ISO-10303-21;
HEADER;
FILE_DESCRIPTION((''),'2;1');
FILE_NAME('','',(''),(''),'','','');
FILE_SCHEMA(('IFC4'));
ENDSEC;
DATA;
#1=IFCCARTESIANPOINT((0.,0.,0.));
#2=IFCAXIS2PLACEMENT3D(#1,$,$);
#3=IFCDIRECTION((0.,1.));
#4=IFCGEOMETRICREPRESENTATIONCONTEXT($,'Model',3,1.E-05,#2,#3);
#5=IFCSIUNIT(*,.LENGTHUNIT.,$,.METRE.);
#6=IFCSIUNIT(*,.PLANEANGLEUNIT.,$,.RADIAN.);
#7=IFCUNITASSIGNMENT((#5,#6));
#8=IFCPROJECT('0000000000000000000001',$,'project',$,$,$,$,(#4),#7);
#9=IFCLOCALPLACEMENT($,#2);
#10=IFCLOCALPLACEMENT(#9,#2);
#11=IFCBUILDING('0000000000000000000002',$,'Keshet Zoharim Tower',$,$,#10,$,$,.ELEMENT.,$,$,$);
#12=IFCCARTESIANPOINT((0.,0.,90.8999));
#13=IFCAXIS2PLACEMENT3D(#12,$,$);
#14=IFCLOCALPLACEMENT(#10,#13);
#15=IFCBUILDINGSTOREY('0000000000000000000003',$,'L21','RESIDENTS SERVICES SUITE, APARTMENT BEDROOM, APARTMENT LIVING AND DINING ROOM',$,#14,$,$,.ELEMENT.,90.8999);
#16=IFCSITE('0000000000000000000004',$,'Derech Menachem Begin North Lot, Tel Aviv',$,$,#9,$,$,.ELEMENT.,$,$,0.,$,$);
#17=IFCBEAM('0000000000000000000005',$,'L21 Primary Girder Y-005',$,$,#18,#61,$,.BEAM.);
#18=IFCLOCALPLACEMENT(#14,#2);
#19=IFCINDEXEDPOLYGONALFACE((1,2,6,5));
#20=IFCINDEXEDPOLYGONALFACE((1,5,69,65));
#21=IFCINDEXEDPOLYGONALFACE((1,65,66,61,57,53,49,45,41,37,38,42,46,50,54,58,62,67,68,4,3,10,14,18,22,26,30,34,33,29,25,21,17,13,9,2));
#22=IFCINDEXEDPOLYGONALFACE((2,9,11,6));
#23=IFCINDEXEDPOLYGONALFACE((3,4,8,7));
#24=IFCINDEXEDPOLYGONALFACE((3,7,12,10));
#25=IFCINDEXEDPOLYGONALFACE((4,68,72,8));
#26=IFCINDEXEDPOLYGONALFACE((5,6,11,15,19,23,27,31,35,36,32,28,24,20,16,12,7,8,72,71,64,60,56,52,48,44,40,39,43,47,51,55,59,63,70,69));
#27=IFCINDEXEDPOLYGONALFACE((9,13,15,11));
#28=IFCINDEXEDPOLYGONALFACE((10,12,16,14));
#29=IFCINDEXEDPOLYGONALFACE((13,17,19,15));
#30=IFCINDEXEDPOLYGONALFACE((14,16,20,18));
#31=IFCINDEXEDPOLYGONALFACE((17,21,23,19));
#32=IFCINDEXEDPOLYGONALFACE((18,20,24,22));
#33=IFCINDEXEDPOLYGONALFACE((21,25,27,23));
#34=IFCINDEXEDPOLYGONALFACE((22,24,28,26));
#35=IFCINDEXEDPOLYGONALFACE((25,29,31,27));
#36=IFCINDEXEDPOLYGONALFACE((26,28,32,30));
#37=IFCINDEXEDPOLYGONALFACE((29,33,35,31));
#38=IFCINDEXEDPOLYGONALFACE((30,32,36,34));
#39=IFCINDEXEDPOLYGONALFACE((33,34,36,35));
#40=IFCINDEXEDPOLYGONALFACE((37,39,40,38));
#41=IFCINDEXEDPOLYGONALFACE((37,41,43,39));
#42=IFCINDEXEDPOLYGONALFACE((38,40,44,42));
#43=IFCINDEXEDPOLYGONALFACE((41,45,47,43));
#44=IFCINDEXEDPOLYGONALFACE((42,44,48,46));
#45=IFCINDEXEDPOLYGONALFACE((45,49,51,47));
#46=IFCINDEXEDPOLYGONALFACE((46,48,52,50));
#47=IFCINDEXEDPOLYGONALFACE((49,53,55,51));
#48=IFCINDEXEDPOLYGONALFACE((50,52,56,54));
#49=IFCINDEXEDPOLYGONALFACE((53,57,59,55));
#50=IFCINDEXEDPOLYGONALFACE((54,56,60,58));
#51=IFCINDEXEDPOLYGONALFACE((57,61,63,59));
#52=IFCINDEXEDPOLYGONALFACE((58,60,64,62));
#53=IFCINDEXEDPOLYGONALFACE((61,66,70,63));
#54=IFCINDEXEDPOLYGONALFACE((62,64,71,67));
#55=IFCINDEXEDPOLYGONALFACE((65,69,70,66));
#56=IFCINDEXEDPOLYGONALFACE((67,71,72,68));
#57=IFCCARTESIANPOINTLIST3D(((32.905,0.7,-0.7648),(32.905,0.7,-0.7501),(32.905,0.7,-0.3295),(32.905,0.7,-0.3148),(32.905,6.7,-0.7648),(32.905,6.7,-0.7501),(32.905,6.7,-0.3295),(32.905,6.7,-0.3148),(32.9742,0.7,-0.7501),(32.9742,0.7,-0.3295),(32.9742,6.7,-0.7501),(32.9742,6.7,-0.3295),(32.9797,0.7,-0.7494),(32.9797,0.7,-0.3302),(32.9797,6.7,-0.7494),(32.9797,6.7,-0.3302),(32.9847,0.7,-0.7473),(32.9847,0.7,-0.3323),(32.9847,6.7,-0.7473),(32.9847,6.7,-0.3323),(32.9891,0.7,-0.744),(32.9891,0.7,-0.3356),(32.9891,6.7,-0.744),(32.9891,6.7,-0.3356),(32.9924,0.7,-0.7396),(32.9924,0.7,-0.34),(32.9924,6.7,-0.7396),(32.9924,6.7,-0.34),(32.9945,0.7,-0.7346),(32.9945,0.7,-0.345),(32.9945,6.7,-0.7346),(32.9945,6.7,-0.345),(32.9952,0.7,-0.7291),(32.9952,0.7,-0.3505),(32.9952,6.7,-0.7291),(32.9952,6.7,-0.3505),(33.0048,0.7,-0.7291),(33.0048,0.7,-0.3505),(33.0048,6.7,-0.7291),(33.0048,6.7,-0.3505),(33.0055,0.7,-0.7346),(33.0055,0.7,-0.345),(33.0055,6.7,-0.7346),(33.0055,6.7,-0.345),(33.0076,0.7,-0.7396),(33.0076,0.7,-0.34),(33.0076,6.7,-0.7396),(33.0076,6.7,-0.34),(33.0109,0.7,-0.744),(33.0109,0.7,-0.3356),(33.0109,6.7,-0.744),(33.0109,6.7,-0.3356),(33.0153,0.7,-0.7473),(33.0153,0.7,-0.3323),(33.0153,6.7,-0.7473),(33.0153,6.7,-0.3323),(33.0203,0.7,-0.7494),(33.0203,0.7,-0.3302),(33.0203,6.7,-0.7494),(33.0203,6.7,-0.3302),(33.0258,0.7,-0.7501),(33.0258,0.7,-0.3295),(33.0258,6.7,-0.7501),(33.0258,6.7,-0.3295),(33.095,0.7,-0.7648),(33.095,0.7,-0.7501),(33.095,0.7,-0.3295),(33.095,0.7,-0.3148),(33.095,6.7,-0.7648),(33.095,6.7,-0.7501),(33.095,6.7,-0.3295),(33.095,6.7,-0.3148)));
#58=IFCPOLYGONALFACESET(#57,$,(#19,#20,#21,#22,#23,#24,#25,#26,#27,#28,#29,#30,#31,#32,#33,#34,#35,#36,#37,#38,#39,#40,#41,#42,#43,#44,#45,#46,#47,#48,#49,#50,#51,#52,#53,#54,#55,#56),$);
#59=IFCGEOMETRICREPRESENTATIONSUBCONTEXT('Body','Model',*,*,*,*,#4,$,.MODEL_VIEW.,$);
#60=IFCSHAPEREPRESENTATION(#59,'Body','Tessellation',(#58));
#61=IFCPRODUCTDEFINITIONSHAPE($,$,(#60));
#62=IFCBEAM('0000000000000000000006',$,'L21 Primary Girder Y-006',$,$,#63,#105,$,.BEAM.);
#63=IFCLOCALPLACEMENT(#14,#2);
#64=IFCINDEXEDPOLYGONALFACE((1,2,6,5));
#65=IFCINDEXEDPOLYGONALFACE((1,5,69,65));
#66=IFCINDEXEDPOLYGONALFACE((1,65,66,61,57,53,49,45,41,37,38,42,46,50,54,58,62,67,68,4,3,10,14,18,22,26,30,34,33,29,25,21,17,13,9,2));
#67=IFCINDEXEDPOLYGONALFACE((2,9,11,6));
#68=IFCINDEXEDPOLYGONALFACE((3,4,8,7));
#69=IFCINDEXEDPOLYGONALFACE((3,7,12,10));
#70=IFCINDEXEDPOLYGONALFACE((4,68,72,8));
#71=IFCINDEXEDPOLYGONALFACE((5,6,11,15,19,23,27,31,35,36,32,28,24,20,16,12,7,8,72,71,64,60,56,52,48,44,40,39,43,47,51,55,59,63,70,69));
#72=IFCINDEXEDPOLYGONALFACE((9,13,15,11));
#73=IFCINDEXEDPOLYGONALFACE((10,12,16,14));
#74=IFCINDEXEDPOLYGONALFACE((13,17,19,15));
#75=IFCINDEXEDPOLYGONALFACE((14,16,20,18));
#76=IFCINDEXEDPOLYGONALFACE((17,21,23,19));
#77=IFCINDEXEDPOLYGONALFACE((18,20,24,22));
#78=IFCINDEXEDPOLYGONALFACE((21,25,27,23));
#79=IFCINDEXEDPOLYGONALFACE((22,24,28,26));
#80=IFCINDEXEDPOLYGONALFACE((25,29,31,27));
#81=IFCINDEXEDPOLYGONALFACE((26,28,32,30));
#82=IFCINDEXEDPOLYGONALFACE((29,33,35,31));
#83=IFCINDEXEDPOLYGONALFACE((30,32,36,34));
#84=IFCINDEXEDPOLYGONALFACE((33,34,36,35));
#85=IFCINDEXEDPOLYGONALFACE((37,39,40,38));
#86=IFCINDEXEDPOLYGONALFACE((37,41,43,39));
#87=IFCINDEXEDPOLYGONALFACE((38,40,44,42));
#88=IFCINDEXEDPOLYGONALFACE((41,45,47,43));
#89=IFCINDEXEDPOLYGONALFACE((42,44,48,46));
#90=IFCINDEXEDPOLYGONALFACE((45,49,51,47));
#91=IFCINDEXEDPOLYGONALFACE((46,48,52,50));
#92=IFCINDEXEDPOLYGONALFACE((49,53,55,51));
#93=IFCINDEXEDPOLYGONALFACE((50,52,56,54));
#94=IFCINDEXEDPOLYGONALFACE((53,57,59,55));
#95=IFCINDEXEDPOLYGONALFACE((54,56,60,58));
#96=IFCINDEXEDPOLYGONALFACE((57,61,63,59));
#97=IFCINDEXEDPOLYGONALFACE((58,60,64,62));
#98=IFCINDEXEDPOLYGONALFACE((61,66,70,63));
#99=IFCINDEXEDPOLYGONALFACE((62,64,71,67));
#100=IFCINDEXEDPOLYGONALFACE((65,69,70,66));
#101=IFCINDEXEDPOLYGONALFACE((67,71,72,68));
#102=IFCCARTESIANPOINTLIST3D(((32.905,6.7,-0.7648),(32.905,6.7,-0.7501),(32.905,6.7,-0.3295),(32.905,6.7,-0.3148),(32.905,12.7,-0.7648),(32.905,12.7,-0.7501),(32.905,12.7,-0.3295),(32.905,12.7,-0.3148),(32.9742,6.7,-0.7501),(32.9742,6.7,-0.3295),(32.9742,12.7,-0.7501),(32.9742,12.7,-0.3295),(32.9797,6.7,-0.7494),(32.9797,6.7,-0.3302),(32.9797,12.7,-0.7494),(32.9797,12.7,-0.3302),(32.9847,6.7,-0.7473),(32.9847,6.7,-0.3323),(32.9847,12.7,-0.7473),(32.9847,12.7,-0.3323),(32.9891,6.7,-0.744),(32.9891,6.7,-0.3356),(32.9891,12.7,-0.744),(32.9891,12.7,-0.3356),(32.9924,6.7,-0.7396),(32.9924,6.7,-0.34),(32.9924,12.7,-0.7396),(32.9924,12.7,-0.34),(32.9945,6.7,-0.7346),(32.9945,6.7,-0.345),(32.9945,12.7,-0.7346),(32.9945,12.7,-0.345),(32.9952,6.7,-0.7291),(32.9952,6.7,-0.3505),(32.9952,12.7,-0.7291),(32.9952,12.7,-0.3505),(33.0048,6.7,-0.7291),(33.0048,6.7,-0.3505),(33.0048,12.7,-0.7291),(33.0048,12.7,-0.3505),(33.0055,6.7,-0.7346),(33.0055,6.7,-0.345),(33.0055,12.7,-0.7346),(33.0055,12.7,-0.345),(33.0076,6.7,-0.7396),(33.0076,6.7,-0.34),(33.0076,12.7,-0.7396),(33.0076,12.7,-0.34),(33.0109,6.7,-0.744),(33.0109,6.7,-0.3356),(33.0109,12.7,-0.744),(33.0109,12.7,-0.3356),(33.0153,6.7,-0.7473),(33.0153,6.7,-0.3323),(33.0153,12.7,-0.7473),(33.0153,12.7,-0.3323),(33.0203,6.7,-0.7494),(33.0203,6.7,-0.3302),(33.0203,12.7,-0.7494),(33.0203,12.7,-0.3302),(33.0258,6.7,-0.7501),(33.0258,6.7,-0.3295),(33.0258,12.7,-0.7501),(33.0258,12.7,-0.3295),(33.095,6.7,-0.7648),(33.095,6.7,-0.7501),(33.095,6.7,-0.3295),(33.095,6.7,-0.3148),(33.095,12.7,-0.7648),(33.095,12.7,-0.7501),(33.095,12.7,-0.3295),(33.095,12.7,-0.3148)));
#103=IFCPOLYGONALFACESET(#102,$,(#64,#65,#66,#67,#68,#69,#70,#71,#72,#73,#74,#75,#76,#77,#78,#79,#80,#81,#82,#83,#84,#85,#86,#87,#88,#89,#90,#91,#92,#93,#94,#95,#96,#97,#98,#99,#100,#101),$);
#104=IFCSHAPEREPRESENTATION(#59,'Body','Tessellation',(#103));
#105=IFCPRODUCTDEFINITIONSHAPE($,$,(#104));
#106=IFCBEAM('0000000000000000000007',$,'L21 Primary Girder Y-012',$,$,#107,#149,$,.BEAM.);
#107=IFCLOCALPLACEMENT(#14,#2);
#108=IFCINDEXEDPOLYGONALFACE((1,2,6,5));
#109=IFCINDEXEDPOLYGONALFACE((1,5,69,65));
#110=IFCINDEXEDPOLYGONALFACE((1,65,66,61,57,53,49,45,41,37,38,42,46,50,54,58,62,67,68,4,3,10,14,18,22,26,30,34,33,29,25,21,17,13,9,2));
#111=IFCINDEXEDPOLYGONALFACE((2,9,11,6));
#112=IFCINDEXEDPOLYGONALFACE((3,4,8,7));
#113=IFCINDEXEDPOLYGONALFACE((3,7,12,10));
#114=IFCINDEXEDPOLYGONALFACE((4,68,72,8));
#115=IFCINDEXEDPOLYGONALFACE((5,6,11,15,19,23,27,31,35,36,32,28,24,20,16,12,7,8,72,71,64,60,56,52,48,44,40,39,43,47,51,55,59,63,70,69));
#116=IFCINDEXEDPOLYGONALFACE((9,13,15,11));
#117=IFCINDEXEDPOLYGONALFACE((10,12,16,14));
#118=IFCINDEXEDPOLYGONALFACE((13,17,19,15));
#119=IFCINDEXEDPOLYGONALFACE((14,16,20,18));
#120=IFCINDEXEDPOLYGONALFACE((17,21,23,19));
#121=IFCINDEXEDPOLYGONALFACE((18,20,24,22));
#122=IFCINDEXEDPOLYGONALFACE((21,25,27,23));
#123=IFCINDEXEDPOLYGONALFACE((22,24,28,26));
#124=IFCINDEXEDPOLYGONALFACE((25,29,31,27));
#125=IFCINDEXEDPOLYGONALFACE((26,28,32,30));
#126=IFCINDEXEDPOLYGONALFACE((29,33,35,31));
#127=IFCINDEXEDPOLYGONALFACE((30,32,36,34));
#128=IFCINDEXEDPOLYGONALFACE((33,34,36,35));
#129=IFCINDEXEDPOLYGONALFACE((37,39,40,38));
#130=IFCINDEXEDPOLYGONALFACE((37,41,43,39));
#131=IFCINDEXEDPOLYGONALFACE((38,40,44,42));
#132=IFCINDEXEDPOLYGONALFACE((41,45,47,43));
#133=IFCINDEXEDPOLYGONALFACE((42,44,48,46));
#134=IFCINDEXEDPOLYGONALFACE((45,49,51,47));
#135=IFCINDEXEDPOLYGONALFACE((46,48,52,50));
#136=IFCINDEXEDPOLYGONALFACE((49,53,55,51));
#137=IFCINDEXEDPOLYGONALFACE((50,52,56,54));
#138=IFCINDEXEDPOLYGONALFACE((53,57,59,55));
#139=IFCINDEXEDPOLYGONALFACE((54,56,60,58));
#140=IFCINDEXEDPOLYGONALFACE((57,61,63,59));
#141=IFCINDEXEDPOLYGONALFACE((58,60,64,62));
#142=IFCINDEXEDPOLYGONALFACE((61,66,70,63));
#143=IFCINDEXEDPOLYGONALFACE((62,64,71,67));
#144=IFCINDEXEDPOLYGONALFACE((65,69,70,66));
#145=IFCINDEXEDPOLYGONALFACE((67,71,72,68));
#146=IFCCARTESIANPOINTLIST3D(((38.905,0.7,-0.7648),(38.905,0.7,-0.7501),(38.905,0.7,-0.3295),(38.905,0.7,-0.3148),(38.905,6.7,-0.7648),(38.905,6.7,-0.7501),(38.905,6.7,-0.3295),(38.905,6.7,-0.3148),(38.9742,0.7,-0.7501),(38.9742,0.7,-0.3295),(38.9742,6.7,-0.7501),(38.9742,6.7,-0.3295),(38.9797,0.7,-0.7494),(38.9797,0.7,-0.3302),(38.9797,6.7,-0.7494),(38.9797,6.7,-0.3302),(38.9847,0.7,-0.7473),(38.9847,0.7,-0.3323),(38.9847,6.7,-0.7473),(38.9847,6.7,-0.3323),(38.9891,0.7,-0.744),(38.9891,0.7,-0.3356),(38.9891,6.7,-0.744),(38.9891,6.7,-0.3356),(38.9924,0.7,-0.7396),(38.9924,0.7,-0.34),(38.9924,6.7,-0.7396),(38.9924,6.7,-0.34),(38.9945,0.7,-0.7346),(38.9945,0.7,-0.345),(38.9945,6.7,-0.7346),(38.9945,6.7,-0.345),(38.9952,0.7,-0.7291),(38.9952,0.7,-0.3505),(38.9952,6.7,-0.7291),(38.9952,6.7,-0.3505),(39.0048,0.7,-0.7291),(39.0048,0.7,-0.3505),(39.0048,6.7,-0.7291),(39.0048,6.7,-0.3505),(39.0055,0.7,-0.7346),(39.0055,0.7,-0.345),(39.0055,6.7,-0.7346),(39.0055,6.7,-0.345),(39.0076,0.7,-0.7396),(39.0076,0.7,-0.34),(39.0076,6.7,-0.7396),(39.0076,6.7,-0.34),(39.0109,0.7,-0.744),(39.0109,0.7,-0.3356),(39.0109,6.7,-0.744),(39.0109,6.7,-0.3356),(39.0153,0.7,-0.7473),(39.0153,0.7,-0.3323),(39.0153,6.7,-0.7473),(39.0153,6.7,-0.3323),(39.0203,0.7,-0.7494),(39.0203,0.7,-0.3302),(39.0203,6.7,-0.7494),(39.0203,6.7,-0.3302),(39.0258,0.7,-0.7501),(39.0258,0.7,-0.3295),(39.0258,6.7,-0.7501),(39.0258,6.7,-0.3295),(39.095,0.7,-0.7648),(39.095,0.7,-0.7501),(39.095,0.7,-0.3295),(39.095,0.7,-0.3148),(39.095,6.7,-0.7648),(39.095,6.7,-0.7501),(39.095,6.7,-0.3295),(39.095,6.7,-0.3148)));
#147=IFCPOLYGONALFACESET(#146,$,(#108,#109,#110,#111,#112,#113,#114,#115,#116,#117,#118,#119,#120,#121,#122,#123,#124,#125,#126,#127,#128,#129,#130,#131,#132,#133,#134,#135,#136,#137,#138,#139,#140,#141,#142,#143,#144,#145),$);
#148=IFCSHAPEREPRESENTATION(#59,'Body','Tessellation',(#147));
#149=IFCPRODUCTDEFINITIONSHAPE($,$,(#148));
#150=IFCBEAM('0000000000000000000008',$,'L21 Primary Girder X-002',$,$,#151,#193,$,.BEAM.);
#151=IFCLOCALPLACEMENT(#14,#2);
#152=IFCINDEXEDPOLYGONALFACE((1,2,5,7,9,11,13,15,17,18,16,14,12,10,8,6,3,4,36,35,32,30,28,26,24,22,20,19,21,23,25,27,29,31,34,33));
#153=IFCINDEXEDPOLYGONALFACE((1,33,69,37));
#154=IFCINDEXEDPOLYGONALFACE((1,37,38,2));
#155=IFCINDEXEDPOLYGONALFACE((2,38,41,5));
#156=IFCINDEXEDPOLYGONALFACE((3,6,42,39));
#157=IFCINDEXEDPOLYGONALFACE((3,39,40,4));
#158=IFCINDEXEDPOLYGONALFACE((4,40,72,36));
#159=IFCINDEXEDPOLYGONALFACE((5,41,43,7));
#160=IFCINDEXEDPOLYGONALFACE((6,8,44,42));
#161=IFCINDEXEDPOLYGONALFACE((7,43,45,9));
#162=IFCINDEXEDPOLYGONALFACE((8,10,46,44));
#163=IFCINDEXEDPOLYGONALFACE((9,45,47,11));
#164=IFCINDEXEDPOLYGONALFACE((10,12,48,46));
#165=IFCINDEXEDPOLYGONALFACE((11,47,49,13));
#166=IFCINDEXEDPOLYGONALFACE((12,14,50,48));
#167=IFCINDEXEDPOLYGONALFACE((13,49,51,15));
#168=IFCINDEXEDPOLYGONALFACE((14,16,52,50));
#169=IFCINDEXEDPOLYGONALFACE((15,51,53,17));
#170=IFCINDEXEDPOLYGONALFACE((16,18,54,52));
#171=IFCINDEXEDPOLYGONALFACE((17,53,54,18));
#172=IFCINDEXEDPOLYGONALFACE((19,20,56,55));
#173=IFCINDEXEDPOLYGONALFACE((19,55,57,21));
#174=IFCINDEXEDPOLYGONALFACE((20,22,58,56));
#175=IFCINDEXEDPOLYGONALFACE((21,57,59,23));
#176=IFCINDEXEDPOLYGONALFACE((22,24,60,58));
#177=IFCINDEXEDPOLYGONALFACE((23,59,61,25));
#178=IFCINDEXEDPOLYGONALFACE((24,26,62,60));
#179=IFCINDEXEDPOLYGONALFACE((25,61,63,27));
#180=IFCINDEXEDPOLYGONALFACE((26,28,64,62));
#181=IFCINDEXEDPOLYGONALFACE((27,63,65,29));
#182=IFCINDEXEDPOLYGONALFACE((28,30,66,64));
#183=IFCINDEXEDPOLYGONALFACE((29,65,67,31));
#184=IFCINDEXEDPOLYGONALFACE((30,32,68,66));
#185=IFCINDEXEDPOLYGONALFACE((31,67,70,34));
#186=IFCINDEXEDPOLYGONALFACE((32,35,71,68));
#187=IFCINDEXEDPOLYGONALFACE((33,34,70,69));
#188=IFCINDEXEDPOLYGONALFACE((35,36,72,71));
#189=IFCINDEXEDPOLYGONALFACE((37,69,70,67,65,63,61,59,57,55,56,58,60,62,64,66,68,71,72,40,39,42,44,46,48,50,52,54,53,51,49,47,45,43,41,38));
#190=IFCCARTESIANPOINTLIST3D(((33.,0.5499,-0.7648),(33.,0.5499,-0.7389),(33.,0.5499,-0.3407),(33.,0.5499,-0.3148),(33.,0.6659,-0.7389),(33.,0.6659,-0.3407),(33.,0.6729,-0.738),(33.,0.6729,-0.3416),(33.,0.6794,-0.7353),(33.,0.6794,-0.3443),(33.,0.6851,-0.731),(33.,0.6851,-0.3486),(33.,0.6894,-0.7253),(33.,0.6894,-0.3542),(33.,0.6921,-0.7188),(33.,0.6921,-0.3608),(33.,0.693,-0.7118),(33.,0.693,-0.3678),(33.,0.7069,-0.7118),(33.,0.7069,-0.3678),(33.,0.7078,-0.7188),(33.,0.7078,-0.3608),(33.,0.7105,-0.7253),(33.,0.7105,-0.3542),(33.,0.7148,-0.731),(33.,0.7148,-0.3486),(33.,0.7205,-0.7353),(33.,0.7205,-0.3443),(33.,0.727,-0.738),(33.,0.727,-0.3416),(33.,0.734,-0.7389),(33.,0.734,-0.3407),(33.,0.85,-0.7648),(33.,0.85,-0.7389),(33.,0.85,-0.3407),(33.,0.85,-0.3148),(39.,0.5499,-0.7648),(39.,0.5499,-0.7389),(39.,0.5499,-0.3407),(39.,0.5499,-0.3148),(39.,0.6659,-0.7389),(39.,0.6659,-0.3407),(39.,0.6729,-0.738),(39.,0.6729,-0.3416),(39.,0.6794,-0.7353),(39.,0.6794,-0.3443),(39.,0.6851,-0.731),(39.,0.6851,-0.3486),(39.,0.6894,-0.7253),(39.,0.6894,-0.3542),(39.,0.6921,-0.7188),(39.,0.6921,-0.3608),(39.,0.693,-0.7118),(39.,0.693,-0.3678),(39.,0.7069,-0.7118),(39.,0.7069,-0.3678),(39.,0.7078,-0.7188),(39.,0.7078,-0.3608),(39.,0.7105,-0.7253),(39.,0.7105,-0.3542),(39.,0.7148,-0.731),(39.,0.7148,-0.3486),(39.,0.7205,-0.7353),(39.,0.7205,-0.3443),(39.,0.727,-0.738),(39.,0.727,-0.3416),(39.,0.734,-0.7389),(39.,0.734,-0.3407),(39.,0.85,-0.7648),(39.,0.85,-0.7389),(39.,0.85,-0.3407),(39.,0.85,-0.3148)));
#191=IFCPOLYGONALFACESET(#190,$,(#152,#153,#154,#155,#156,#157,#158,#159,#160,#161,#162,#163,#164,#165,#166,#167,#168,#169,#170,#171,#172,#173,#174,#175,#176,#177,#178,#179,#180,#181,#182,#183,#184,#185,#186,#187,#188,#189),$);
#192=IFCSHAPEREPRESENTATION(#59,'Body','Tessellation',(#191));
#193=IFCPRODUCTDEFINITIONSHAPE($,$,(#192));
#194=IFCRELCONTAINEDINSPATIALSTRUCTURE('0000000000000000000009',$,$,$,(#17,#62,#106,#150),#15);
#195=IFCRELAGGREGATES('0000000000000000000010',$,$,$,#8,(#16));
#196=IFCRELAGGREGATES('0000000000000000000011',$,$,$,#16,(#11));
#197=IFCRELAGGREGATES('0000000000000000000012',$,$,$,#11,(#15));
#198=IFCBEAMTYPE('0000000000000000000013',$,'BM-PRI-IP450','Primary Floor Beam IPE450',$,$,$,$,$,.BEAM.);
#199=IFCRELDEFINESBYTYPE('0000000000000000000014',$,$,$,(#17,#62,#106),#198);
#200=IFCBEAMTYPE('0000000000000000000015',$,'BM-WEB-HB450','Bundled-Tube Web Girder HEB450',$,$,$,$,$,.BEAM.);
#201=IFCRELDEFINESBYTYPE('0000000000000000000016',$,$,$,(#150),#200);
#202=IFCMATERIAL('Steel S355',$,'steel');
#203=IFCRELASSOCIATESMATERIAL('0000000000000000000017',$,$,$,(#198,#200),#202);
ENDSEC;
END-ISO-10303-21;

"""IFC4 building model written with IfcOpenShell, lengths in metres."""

from ifc_helpers import new_model, si_unit, direction, frame, origin, origin_2d, place, context, subcontext, project, spatial, i_section, extrude, material, material_profile, profile_set, type_object, element, save


model = new_model("IFC4")

# Units and contexts
model_context = context("Model", 3, precision=1e-05, world=origin(), true_north=direction((0.0, 1.0)))
body_context = subcontext(model_context, "Body", "Model", "MODEL_VIEW")
ifc_project = project(units=[si_unit("LENGTHUNIT", "METRE"), si_unit("PLANEANGLEUNIT", "RADIAN")], contexts=[model_context])

# Site, building, storey
site_placement = place(None, origin())
site = spatial("IfcSite", under=ifc_project, at=site_placement, Name="Derech Menachem Begin North Lot, Tel Aviv", CompositionType="ELEMENT", RefElevation=0.0)
building_placement = place(site_placement, origin())
building = spatial("IfcBuilding", under=site, at=building_placement, Name="Keshet Zoharim Tower", CompositionType="ELEMENT")
storey_placement = place(building_placement, frame((0.0, 0.0, 90.8999)))
storey = spatial("IfcBuildingStorey", under=building, at=storey_placement, Name="L21", Description="RESIDENTS SERVICES SUITE, APARTMENT BEDROOM, APARTMENT LIVING AND DINING ROOM", CompositionType="ELEMENT", Elevation=90.8999)

# Shared definitions
ifc_material_1 = material(Name="Steel S355", Category="steel")

# Beams
ifc_material_profile_1 = material_profile(ifc_material_1, i_section(OverallWidth=0.1899, OverallDepth=0.45, WebThickness=0.0095, FlangeThickness=0.0146, FilletRadius=0.021, at=origin_2d()), Name="IPE450")
ifc_profile_set_1 = profile_set([ifc_material_profile_1], Name="Steel S355")
beam_type_1 = type_object("IfcBeamType", Name="BM-PRI-IP450", Description="Primary Floor Beam IPE450", PredefinedType="BEAM", material=ifc_profile_set_1)
for number, where, z_axis, x_axis, name in (
    (1, (33.0, 0.7, -0.5398), (0.0, 1.0, 0.0), (-1.0, 0.0, 0.0), "L21 Primary Girder Y-005"),
    (2, (33.0, 6.7, -0.5398), (0.0, 1.0, 0.0), (-1.0, 0.0, 0.0), "L21 Primary Girder Y-006"),
    (3, (39.0, 0.7, -0.5398), (0.0, 1.0, 0.0), (-1.0, 0.0, 0.0), "L21 Primary Girder Y-012"),
):
    element("IfcBeam", number, at=place(storey_placement, frame(where, z_axis=z_axis, x_axis=x_axis)), inside=storey, type_object=beam_type_1, Name=name, PredefinedType="BEAM", context=body_context, shape_type="SweptSolid", body=[
        extrude(i_section(OverallWidth=0.1899, OverallDepth=0.45, WebThickness=0.0095, FlangeThickness=0.0146, FilletRadius=0.021, at=origin_2d()), origin(), (0.0, 0.0, 1.0), 6.0),
    ])
ifc_material_profile_2 = material_profile(ifc_material_1, i_section(OverallWidth=0.3, OverallDepth=0.45, WebThickness=0.0139, FlangeThickness=0.0259, FilletRadius=0.0271, at=origin_2d()), Name="HEB450")
ifc_profile_set_2 = profile_set([ifc_material_profile_2], Name="Steel S355")
beam_type_2 = type_object("IfcBeamType", Name="BM-WEB-HB450", Description="Bundled-Tube Web Girder HEB450", PredefinedType="BEAM", material=ifc_profile_set_2)
for number, where, z_axis, x_axis, name in (
    (4, (33.0, 0.7, -0.5398), (1.0, 0.0, 0.0), (0.0, 1.0, 0.0), "L21 Primary Girder X-002"),
):
    element("IfcBeam", number, at=place(storey_placement, frame(where, z_axis=z_axis, x_axis=x_axis)), inside=storey, type_object=beam_type_2, Name=name, PredefinedType="BEAM", context=body_context, shape_type="SweptSolid", body=[
        extrude(i_section(OverallWidth=0.3, OverallDepth=0.45, WebThickness=0.0139, FlangeThickness=0.0259, FilletRadius=0.0271, at=origin_2d()), origin(), (0.0, 0.0, 1.0), 6.0),
    ])

save(model, "model.ifc")
